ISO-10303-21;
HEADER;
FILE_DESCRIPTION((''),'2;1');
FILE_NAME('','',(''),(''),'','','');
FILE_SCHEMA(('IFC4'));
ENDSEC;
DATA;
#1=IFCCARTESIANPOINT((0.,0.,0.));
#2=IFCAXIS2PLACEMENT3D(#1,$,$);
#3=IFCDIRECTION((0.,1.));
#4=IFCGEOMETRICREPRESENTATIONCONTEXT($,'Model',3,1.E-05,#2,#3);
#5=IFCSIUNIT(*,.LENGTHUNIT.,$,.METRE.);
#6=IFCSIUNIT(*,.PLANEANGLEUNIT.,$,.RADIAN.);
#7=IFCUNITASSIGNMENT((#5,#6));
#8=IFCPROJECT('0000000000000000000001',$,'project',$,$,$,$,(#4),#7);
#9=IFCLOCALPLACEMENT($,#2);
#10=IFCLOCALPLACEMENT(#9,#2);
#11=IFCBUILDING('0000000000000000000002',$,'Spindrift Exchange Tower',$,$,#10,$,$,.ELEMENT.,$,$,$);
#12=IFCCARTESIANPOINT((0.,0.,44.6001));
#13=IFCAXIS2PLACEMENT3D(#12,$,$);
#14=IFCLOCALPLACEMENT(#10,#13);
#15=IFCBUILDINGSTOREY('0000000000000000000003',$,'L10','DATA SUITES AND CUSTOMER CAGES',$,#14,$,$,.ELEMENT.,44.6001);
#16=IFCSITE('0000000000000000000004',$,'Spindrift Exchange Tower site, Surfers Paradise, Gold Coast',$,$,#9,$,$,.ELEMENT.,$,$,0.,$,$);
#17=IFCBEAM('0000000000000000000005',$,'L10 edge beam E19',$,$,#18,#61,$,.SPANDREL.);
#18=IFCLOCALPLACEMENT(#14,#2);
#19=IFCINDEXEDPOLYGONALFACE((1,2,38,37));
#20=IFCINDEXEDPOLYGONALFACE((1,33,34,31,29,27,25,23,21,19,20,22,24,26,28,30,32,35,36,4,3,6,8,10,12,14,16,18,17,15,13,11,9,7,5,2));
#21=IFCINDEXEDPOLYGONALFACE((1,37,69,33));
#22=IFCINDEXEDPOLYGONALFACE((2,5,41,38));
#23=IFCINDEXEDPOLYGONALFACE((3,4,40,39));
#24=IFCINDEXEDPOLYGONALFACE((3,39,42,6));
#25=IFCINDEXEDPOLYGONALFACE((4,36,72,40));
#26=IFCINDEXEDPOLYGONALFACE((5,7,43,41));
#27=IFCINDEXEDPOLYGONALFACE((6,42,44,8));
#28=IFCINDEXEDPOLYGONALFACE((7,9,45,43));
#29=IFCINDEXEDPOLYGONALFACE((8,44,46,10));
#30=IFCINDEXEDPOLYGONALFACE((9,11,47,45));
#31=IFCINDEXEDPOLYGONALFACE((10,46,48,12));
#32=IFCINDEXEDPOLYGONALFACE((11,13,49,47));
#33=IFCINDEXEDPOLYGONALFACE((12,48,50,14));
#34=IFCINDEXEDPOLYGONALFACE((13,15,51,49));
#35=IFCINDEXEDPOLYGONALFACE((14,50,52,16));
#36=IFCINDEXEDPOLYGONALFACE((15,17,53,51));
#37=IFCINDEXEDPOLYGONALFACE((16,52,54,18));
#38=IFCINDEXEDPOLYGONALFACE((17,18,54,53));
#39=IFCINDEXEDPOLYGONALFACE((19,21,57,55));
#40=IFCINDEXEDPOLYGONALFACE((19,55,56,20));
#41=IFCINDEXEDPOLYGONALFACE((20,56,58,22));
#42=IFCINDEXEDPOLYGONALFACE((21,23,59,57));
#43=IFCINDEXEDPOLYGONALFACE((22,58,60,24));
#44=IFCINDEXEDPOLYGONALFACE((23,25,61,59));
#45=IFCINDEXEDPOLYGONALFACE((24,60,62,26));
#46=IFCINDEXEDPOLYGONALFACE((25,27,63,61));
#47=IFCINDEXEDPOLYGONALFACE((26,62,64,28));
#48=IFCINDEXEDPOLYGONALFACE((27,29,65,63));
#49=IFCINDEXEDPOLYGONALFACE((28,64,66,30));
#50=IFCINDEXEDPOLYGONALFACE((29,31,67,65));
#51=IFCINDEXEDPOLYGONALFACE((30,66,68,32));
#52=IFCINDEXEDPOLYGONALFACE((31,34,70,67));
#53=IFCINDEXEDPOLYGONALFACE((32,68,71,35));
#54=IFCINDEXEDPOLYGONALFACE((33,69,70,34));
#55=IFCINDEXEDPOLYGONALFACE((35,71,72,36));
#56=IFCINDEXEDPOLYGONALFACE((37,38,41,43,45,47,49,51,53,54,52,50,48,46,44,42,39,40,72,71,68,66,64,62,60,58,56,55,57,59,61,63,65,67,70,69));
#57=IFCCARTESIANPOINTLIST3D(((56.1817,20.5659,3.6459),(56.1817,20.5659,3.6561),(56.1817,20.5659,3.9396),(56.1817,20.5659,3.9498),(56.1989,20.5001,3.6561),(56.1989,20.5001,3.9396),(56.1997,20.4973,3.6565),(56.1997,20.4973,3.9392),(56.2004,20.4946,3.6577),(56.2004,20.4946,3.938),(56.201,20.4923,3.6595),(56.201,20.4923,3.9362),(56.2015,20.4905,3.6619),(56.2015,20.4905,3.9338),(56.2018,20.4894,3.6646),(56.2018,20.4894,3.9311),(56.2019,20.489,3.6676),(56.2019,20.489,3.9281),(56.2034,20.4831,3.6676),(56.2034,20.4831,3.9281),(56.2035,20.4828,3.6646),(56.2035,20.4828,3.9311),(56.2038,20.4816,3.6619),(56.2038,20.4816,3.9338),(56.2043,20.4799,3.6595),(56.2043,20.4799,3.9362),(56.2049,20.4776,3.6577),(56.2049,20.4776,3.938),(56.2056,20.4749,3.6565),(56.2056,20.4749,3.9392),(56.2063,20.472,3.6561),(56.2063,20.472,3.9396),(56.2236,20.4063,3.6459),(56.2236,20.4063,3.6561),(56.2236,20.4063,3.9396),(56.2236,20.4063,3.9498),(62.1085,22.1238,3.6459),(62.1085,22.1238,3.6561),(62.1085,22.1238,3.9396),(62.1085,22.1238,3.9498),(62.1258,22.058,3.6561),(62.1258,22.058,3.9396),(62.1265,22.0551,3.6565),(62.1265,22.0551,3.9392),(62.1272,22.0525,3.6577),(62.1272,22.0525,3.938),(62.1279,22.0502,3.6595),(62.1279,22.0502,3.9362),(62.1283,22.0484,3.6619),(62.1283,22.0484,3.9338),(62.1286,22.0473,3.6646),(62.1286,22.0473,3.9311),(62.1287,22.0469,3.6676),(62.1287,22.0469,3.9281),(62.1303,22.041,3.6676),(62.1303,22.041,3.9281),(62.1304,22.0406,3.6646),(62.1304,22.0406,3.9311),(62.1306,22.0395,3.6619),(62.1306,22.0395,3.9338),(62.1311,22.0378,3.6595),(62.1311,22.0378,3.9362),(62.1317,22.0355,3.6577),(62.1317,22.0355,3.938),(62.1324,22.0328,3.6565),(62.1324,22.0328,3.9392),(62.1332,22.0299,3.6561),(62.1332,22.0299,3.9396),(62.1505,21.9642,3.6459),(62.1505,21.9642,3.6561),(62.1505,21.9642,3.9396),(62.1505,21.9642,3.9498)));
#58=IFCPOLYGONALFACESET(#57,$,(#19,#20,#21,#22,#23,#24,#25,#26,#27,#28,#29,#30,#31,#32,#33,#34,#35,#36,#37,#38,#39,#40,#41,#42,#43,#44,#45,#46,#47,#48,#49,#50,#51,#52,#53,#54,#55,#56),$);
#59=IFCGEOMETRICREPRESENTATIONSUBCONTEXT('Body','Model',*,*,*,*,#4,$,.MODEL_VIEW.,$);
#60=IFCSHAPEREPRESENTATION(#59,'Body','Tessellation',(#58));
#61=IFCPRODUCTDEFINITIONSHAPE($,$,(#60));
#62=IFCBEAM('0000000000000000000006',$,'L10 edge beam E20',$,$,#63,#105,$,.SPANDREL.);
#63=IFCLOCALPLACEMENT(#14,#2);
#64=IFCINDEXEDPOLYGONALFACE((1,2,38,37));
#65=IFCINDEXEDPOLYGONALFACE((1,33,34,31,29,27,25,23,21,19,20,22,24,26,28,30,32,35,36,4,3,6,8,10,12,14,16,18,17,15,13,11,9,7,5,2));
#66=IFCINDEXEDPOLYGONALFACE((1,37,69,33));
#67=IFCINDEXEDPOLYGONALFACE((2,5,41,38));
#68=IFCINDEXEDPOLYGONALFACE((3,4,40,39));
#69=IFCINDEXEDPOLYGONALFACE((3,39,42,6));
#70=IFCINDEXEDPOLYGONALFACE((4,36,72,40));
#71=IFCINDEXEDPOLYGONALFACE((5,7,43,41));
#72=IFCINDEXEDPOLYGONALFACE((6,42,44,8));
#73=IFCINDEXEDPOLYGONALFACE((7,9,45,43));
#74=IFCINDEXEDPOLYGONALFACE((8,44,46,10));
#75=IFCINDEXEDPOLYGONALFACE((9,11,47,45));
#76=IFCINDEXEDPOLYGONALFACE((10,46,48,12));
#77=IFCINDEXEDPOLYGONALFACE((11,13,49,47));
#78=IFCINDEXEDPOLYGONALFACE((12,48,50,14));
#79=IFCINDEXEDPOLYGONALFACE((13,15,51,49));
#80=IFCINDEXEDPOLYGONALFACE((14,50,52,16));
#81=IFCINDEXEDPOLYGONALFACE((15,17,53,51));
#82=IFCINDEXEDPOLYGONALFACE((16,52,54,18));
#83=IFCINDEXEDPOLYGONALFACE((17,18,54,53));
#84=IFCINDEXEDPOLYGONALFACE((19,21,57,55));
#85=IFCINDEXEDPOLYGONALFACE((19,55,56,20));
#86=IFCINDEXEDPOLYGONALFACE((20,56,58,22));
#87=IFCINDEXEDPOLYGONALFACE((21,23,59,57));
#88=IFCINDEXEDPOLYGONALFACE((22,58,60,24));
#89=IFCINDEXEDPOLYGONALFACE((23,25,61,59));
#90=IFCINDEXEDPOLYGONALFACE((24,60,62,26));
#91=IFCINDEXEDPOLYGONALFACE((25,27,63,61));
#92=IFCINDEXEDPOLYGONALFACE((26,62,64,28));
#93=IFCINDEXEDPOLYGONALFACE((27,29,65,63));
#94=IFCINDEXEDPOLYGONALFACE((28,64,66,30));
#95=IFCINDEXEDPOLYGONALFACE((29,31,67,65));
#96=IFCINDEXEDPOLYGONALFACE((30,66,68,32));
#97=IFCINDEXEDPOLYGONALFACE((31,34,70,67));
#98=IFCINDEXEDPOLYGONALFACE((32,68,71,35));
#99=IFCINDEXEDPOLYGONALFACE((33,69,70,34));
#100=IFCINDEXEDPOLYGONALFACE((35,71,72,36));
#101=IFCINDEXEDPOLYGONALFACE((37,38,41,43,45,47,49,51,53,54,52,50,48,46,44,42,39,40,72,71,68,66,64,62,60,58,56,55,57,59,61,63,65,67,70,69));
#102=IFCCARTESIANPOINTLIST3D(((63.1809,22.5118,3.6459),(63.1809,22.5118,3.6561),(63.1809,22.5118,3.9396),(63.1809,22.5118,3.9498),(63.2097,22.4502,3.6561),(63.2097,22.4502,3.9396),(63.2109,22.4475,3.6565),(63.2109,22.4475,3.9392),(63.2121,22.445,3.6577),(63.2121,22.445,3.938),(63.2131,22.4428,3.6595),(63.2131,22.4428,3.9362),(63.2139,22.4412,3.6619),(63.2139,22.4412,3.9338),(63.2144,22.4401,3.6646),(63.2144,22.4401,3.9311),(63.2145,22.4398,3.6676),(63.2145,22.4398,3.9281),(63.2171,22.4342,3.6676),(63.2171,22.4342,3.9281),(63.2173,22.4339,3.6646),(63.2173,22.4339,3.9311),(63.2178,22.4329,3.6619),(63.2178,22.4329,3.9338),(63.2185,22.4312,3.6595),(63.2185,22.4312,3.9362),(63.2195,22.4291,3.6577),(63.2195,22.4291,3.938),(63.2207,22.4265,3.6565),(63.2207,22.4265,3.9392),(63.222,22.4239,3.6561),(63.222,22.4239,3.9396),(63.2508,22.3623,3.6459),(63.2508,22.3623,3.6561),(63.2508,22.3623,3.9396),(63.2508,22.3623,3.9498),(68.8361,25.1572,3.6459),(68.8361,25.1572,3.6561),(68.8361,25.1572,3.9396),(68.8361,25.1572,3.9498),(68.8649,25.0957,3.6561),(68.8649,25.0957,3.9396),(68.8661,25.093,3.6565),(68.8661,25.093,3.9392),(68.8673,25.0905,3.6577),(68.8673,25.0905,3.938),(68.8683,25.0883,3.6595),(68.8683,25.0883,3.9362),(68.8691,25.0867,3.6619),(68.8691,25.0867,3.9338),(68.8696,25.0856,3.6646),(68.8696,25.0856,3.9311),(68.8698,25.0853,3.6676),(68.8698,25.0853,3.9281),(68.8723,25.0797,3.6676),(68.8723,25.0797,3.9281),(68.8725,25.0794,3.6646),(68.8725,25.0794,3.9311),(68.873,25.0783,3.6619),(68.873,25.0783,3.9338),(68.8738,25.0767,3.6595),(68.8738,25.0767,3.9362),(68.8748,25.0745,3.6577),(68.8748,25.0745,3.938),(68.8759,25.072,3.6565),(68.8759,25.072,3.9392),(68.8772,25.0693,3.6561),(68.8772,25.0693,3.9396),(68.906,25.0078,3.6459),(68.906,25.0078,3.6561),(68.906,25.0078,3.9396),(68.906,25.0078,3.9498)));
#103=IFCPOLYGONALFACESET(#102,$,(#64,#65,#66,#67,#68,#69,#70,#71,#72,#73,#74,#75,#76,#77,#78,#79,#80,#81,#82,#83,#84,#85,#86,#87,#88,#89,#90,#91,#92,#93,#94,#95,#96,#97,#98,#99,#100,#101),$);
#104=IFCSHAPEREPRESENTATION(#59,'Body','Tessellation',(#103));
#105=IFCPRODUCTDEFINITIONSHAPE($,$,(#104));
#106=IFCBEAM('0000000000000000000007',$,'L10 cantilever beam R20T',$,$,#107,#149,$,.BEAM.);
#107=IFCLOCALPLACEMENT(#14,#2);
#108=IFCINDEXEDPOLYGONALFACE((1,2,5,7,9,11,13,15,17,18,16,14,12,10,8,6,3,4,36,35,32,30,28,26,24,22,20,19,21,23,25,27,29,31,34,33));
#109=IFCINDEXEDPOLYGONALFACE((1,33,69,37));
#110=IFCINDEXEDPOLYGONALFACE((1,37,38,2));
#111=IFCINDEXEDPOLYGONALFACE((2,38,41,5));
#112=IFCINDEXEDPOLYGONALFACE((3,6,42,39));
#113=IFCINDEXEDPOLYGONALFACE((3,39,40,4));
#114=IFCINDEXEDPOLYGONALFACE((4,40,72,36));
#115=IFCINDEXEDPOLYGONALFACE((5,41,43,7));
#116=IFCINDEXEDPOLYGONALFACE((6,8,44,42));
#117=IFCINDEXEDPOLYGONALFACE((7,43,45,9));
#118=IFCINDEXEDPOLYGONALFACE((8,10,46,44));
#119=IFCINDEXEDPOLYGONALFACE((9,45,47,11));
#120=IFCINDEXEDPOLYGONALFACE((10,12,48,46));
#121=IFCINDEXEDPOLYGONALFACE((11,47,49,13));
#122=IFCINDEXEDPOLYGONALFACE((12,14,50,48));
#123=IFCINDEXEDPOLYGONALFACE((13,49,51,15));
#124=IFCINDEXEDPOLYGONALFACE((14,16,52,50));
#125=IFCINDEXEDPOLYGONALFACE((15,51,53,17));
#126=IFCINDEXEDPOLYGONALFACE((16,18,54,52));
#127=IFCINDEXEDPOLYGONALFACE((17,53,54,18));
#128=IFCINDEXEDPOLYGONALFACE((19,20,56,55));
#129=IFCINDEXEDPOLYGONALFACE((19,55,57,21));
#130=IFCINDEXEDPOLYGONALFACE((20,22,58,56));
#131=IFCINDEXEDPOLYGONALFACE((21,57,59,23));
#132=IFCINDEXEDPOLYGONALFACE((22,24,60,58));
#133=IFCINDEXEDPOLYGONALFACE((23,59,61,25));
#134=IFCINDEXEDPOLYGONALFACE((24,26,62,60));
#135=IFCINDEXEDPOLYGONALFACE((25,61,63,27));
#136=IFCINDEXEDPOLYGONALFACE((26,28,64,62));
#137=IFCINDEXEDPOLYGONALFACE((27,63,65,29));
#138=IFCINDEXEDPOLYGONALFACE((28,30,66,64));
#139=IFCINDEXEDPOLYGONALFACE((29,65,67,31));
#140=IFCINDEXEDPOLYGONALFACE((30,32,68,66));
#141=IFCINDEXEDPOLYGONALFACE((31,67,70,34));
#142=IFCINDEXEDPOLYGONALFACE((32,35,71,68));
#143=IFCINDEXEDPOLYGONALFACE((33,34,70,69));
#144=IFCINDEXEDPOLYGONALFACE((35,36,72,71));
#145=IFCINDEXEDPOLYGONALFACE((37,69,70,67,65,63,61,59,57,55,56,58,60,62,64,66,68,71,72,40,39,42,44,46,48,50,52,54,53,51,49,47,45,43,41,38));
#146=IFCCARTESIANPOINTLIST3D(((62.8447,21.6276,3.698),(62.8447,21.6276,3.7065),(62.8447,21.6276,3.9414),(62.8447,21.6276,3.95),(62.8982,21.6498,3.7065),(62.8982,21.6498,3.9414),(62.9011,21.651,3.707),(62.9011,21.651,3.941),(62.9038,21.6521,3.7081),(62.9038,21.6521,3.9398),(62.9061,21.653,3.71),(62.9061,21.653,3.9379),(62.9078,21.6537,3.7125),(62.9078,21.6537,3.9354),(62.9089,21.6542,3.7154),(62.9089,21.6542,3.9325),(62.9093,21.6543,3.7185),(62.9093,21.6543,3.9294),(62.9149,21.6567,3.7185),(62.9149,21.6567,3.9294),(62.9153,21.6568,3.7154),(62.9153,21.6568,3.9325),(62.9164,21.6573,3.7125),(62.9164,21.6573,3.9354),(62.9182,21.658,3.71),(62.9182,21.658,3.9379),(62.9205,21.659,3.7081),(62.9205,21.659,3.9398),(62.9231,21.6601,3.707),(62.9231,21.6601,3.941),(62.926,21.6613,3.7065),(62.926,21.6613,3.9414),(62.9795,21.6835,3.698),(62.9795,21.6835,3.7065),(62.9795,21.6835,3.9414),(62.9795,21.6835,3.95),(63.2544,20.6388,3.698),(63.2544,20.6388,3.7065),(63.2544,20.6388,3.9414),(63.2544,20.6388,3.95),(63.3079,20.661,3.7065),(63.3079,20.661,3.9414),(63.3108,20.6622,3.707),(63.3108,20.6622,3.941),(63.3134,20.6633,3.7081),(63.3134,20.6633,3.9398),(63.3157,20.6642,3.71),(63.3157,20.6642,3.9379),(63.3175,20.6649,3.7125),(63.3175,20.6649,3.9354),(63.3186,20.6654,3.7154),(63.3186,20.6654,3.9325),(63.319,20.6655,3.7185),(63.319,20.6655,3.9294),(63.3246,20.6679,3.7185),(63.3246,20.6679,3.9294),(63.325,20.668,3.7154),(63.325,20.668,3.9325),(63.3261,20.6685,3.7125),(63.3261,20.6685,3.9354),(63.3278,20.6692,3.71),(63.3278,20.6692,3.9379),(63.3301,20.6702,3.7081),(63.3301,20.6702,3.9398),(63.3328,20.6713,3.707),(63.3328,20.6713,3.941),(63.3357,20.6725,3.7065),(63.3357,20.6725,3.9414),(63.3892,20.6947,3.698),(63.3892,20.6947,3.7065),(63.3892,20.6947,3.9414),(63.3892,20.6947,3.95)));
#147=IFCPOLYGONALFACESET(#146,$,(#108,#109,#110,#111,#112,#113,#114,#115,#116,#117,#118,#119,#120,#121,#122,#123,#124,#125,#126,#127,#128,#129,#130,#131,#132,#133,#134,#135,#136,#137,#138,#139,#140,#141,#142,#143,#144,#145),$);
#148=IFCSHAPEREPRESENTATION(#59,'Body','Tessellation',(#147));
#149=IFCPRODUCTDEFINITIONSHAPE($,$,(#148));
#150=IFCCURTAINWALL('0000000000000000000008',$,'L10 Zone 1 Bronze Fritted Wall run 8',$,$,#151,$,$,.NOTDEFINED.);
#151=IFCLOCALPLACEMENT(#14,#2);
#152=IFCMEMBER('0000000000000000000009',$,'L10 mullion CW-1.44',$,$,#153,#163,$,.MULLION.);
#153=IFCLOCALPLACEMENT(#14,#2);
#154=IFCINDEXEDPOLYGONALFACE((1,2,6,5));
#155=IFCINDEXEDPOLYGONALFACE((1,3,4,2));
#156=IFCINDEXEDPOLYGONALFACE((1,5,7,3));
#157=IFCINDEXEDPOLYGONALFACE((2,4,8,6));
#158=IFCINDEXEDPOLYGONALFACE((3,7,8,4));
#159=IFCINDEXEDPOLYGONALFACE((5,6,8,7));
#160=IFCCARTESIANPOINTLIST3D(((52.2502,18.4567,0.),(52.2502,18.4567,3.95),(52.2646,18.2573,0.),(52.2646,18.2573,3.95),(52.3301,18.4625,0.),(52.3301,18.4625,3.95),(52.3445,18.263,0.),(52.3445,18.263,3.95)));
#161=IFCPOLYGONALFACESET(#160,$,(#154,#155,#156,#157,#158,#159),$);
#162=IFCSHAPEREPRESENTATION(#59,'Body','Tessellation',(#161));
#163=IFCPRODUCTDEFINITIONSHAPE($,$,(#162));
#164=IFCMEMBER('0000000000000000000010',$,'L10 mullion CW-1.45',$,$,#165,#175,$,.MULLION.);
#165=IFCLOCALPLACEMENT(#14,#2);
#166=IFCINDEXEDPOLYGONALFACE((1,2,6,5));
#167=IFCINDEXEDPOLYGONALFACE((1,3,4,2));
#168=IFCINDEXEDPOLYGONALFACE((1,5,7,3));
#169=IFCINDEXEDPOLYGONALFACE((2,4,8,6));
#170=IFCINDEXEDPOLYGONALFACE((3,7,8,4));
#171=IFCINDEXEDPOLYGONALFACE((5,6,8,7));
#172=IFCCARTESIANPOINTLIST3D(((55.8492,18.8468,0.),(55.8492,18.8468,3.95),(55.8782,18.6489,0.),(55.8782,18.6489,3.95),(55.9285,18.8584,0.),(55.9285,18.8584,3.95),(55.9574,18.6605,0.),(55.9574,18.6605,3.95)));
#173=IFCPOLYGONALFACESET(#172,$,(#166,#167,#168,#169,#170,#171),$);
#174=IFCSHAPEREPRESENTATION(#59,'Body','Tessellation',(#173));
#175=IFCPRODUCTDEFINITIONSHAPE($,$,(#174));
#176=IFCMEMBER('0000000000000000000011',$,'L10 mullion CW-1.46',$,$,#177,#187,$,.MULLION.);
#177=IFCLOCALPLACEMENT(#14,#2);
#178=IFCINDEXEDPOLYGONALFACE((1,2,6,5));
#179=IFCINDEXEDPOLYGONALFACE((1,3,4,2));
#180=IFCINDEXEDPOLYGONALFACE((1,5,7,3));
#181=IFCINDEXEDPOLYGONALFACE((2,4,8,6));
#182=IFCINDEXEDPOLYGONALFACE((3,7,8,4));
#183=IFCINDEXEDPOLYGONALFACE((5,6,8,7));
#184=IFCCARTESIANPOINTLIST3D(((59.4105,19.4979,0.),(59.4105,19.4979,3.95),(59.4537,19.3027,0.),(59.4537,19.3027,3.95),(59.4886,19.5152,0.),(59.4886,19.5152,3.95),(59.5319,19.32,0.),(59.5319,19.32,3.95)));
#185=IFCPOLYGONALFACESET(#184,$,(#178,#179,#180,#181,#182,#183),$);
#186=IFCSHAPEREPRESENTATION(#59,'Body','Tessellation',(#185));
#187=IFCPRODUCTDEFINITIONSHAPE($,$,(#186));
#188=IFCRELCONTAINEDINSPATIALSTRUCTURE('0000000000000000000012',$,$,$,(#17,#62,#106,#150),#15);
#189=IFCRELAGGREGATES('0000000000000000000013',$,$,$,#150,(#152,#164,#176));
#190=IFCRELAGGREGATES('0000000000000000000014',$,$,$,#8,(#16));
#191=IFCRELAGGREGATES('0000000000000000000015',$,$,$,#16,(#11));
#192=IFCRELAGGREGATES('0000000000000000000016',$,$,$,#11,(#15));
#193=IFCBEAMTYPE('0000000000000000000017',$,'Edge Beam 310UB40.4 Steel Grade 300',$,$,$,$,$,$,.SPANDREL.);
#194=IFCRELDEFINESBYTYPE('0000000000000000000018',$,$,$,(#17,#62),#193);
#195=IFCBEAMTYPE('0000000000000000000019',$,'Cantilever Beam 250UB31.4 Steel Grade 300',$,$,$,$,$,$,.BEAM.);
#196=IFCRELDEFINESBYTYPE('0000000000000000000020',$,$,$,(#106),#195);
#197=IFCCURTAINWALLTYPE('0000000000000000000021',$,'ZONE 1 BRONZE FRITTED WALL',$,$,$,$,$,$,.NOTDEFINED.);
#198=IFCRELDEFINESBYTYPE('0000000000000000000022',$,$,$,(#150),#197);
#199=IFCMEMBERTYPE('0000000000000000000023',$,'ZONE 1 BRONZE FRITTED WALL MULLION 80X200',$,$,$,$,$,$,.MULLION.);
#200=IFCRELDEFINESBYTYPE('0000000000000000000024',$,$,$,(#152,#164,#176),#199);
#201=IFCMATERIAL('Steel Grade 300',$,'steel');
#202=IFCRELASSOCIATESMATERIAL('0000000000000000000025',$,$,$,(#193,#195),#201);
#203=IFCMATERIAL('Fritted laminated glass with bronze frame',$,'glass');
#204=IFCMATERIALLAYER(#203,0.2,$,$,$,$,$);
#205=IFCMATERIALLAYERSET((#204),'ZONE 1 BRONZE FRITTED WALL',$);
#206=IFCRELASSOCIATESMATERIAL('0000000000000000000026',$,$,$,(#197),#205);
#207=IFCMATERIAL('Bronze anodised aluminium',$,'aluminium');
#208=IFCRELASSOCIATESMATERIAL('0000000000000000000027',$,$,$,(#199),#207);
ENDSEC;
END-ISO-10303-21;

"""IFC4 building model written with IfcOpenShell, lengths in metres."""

from ifc_helpers import new_model, si_unit, direction, frame, origin, origin_2d, place, context, subcontext, project, spatial, rectangle, i_section, extrude, source, transform, mapped, material, layer, layer_set, material_profile, profile_set, type_object, element, aggregate, save


model = new_model("IFC4")

# Units and contexts
model_context = context("Model", 3, precision=1e-05, world=origin(), true_north=direction((0.0, 1.0)))
body_context = subcontext(model_context, "Body", "Model", "MODEL_VIEW")
ifc_project = project(units=[si_unit("LENGTHUNIT", "METRE"), si_unit("PLANEANGLEUNIT", "RADIAN")], contexts=[model_context])

# Site, building, storey
site_placement = place(None, origin())
site = spatial("IfcSite", under=ifc_project, at=site_placement, Name="Spindrift Exchange Tower site, Surfers Paradise, Gold Coast", CompositionType="ELEMENT", RefElevation=0.0)
building_placement = place(site_placement, origin())
building = spatial("IfcBuilding", under=site, at=building_placement, Name="Spindrift Exchange Tower", CompositionType="ELEMENT")
storey_placement = place(building_placement, frame((0.0, 0.0, 44.6001)))
storey = spatial("IfcBuildingStorey", under=building, at=storey_placement, Name="L10", Description="DATA SUITES AND CUSTOMER CAGES", CompositionType="ELEMENT", Elevation=44.6001)

# Beams
ifc_material_1 = material(Name="Steel Grade 300", Category="steel")
ifc_material_profile_1 = material_profile(ifc_material_1, i_section(OverallWidth=0.165, OverallDepth=0.304, WebThickness=0.0061, FlangeThickness=0.0103, FilletRadius=0.0115, at=origin_2d()), Name="310UB40.4")
ifc_profile_set_1 = profile_set([ifc_material_profile_1], Name="Steel Grade 300")
beam_type_1 = type_object("IfcBeamType", Name="Edge Beam 310UB40.4 Steel Grade 300", PredefinedType="SPANDREL", material=ifc_profile_set_1)
shared_shape_1 = source(origin(), body_context, "Body", "SweptSolid", [
    extrude(i_section(OverallWidth=0.165, OverallDepth=0.304, WebThickness=0.0061, FlangeThickness=0.0103, FilletRadius=0.0115, at=origin_2d()), origin(), (0.0, 0.0, 1.0), 6.1282),
])
beam_1_placement = place(storey_placement, frame((56.2026, 20.4861, 3.7979), z_axis=(0.967147, 0.254217, 0.0), x_axis=(-0.254217, 0.967147, 0.0)))
element("IfcBeam", 1, at=beam_1_placement, inside=storey, type_object=beam_type_1, Name="L10 edge beam E19", PredefinedType="SPANDREL", context=body_context, shape_type="MappedRepresentation", body=[
    mapped(shared_shape_1, transform((0.0, 0.0, 0.0), scale=1.0)),
])
shared_shape_2 = source(origin(), body_context, "Body", "SweptSolid", [
    extrude(i_section(OverallWidth=0.165, OverallDepth=0.304, WebThickness=0.0061, FlangeThickness=0.0103, FilletRadius=0.0115, at=origin_2d()), origin(), (0.0, 0.0, 1.0), 6.2434),
])
beam_2_placement = place(storey_placement, frame((63.2158, 22.437, 3.7979), z_axis=(0.905791, 0.423724, 0.0), x_axis=(-0.423724, 0.905791, 0.0)))
element("IfcBeam", 2, at=beam_2_placement, inside=storey, type_object=beam_type_1, Name="L10 edge beam E20", PredefinedType="SPANDREL", context=body_context, shape_type="MappedRepresentation", body=[
    mapped(shared_shape_2, transform((0.0, 0.0, 0.0), scale=1.0)),
])
ifc_material_profile_2 = material_profile(ifc_material_1, i_section(OverallWidth=0.146, OverallDepth=0.252, WebThickness=0.0061, FlangeThickness=0.0085, FilletRadius=0.012, at=origin_2d()), Name="250UB31.4")
ifc_profile_set_2 = profile_set([ifc_material_profile_2], Name="Steel Grade 300")
beam_type_2 = type_object("IfcBeamType", Name="Cantilever Beam 250UB31.4 Steel Grade 300", PredefinedType="BEAM", material=ifc_profile_set_2)
shared_shape_3 = source(origin(), body_context, "Body", "SweptSolid", [
    extrude(i_section(OverallWidth=0.146, OverallDepth=0.252, WebThickness=0.0061, FlangeThickness=0.0085, FilletRadius=0.012, at=origin_2d()), origin(), (0.0, 0.0, 1.0), 1.0703),
])
beam_3_placement = place(storey_placement, frame((62.9121, 21.6555, 3.824), z_axis=(0.382768, -0.923844, 0.0), x_axis=(0.923844, 0.382768, 0.0)))
element("IfcBeam", 3, at=beam_3_placement, inside=storey, type_object=beam_type_2, Name="L10 cantilever beam R20T", PredefinedType="BEAM", context=body_context, shape_type="MappedRepresentation", body=[
    mapped(shared_shape_3, transform((0.0, 0.0, 0.0), scale=1.0)),
])

# Curtain wall, members
ifc_material_2 = material(Name="Fritted laminated glass with bronze frame", Category="glass")
ifc_layer_1 = layer(ifc_material_2, 0.2)
ifc_layer_set_1 = layer_set([ifc_layer_1], Name="ZONE 1 BRONZE FRITTED WALL")
curtain_wall_type = type_object("IfcCurtainWallType", Name="ZONE 1 BRONZE FRITTED WALL", PredefinedType="NOTDEFINED", material=ifc_layer_set_1)
curtain_wall_placement = place(storey_placement, origin())
curtain_wall = element("IfcCurtainWall", 4, at=curtain_wall_placement, inside=storey, type_object=curtain_wall_type, Name="L10 Zone 1 Bronze Fritted Wall run 8", PredefinedType="NOTDEFINED")
ifc_material_3 = material(Name="Bronze anodised aluminium", Category="aluminium")
ifc_material_profile_3 = material_profile(ifc_material_3, rectangle(XDim=0.0801, YDim=0.2, at=origin_2d()), Name="ZONE 1 BRONZE FRITTED WALL MULLION 80X200")
ifc_profile_set_3 = profile_set([ifc_material_profile_3], Name="Bronze anodised aluminium")
member_type_1 = type_object("IfcMemberType", Name="ZONE 1 BRONZE FRITTED WALL MULLION 80X200", PredefinedType="MULLION", material=ifc_profile_set_3)
shared_shape_4 = source(origin(), body_context, "Body", "SweptSolid", [
    extrude(rectangle(XDim=0.0801, YDim=0.2, at=origin_2d()), origin(), (0.0, 0.0, 1.0), 3.95),
])
member_1_placement = place(storey_placement, frame((52.2974, 18.3599, 0.0), z_axis=(0.0, 0.0, 1.0), x_axis=(0.997408, 0.071959, 0.0)))
member_1 = element("IfcMember", 5, at=member_1_placement, type_object=member_type_1, Name="L10 mullion CW-1.44", PredefinedType="MULLION", context=body_context, shape_type="MappedRepresentation", body=[
    mapped(shared_shape_4, transform((0.0, 0.0, 0.0), scale=1.0)),
])
member_2_placement = place(storey_placement, frame((55.9033, 18.7537, 0.0), z_axis=(0.0, 0.0, 1.0), x_axis=(0.989477, 0.144688, 0.0)))
member_2 = element("IfcMember", 6, at=member_2_placement, type_object=member_type_1, Name="L10 mullion CW-1.45", PredefinedType="MULLION", context=body_context, shape_type="MappedRepresentation", body=[
    mapped(shared_shape_4, transform((0.0, 0.0, 0.0), scale=1.0)),
])
member_3_placement = place(storey_placement, frame((59.4712, 19.4089, 0.0), z_axis=(0.0, 0.0, 1.0), x_axis=(0.976295, 0.216443, 0.0)))
member_3 = element("IfcMember", 7, at=member_3_placement, type_object=member_type_1, Name="L10 mullion CW-1.46", PredefinedType="MULLION", context=body_context, shape_type="MappedRepresentation", body=[
    mapped(shared_shape_4, transform((0.0, 0.0, 0.0), scale=1.0)),
])
aggregate(curtain_wall, [member_1, member_2, member_3])

save(model, "model.ifc")
